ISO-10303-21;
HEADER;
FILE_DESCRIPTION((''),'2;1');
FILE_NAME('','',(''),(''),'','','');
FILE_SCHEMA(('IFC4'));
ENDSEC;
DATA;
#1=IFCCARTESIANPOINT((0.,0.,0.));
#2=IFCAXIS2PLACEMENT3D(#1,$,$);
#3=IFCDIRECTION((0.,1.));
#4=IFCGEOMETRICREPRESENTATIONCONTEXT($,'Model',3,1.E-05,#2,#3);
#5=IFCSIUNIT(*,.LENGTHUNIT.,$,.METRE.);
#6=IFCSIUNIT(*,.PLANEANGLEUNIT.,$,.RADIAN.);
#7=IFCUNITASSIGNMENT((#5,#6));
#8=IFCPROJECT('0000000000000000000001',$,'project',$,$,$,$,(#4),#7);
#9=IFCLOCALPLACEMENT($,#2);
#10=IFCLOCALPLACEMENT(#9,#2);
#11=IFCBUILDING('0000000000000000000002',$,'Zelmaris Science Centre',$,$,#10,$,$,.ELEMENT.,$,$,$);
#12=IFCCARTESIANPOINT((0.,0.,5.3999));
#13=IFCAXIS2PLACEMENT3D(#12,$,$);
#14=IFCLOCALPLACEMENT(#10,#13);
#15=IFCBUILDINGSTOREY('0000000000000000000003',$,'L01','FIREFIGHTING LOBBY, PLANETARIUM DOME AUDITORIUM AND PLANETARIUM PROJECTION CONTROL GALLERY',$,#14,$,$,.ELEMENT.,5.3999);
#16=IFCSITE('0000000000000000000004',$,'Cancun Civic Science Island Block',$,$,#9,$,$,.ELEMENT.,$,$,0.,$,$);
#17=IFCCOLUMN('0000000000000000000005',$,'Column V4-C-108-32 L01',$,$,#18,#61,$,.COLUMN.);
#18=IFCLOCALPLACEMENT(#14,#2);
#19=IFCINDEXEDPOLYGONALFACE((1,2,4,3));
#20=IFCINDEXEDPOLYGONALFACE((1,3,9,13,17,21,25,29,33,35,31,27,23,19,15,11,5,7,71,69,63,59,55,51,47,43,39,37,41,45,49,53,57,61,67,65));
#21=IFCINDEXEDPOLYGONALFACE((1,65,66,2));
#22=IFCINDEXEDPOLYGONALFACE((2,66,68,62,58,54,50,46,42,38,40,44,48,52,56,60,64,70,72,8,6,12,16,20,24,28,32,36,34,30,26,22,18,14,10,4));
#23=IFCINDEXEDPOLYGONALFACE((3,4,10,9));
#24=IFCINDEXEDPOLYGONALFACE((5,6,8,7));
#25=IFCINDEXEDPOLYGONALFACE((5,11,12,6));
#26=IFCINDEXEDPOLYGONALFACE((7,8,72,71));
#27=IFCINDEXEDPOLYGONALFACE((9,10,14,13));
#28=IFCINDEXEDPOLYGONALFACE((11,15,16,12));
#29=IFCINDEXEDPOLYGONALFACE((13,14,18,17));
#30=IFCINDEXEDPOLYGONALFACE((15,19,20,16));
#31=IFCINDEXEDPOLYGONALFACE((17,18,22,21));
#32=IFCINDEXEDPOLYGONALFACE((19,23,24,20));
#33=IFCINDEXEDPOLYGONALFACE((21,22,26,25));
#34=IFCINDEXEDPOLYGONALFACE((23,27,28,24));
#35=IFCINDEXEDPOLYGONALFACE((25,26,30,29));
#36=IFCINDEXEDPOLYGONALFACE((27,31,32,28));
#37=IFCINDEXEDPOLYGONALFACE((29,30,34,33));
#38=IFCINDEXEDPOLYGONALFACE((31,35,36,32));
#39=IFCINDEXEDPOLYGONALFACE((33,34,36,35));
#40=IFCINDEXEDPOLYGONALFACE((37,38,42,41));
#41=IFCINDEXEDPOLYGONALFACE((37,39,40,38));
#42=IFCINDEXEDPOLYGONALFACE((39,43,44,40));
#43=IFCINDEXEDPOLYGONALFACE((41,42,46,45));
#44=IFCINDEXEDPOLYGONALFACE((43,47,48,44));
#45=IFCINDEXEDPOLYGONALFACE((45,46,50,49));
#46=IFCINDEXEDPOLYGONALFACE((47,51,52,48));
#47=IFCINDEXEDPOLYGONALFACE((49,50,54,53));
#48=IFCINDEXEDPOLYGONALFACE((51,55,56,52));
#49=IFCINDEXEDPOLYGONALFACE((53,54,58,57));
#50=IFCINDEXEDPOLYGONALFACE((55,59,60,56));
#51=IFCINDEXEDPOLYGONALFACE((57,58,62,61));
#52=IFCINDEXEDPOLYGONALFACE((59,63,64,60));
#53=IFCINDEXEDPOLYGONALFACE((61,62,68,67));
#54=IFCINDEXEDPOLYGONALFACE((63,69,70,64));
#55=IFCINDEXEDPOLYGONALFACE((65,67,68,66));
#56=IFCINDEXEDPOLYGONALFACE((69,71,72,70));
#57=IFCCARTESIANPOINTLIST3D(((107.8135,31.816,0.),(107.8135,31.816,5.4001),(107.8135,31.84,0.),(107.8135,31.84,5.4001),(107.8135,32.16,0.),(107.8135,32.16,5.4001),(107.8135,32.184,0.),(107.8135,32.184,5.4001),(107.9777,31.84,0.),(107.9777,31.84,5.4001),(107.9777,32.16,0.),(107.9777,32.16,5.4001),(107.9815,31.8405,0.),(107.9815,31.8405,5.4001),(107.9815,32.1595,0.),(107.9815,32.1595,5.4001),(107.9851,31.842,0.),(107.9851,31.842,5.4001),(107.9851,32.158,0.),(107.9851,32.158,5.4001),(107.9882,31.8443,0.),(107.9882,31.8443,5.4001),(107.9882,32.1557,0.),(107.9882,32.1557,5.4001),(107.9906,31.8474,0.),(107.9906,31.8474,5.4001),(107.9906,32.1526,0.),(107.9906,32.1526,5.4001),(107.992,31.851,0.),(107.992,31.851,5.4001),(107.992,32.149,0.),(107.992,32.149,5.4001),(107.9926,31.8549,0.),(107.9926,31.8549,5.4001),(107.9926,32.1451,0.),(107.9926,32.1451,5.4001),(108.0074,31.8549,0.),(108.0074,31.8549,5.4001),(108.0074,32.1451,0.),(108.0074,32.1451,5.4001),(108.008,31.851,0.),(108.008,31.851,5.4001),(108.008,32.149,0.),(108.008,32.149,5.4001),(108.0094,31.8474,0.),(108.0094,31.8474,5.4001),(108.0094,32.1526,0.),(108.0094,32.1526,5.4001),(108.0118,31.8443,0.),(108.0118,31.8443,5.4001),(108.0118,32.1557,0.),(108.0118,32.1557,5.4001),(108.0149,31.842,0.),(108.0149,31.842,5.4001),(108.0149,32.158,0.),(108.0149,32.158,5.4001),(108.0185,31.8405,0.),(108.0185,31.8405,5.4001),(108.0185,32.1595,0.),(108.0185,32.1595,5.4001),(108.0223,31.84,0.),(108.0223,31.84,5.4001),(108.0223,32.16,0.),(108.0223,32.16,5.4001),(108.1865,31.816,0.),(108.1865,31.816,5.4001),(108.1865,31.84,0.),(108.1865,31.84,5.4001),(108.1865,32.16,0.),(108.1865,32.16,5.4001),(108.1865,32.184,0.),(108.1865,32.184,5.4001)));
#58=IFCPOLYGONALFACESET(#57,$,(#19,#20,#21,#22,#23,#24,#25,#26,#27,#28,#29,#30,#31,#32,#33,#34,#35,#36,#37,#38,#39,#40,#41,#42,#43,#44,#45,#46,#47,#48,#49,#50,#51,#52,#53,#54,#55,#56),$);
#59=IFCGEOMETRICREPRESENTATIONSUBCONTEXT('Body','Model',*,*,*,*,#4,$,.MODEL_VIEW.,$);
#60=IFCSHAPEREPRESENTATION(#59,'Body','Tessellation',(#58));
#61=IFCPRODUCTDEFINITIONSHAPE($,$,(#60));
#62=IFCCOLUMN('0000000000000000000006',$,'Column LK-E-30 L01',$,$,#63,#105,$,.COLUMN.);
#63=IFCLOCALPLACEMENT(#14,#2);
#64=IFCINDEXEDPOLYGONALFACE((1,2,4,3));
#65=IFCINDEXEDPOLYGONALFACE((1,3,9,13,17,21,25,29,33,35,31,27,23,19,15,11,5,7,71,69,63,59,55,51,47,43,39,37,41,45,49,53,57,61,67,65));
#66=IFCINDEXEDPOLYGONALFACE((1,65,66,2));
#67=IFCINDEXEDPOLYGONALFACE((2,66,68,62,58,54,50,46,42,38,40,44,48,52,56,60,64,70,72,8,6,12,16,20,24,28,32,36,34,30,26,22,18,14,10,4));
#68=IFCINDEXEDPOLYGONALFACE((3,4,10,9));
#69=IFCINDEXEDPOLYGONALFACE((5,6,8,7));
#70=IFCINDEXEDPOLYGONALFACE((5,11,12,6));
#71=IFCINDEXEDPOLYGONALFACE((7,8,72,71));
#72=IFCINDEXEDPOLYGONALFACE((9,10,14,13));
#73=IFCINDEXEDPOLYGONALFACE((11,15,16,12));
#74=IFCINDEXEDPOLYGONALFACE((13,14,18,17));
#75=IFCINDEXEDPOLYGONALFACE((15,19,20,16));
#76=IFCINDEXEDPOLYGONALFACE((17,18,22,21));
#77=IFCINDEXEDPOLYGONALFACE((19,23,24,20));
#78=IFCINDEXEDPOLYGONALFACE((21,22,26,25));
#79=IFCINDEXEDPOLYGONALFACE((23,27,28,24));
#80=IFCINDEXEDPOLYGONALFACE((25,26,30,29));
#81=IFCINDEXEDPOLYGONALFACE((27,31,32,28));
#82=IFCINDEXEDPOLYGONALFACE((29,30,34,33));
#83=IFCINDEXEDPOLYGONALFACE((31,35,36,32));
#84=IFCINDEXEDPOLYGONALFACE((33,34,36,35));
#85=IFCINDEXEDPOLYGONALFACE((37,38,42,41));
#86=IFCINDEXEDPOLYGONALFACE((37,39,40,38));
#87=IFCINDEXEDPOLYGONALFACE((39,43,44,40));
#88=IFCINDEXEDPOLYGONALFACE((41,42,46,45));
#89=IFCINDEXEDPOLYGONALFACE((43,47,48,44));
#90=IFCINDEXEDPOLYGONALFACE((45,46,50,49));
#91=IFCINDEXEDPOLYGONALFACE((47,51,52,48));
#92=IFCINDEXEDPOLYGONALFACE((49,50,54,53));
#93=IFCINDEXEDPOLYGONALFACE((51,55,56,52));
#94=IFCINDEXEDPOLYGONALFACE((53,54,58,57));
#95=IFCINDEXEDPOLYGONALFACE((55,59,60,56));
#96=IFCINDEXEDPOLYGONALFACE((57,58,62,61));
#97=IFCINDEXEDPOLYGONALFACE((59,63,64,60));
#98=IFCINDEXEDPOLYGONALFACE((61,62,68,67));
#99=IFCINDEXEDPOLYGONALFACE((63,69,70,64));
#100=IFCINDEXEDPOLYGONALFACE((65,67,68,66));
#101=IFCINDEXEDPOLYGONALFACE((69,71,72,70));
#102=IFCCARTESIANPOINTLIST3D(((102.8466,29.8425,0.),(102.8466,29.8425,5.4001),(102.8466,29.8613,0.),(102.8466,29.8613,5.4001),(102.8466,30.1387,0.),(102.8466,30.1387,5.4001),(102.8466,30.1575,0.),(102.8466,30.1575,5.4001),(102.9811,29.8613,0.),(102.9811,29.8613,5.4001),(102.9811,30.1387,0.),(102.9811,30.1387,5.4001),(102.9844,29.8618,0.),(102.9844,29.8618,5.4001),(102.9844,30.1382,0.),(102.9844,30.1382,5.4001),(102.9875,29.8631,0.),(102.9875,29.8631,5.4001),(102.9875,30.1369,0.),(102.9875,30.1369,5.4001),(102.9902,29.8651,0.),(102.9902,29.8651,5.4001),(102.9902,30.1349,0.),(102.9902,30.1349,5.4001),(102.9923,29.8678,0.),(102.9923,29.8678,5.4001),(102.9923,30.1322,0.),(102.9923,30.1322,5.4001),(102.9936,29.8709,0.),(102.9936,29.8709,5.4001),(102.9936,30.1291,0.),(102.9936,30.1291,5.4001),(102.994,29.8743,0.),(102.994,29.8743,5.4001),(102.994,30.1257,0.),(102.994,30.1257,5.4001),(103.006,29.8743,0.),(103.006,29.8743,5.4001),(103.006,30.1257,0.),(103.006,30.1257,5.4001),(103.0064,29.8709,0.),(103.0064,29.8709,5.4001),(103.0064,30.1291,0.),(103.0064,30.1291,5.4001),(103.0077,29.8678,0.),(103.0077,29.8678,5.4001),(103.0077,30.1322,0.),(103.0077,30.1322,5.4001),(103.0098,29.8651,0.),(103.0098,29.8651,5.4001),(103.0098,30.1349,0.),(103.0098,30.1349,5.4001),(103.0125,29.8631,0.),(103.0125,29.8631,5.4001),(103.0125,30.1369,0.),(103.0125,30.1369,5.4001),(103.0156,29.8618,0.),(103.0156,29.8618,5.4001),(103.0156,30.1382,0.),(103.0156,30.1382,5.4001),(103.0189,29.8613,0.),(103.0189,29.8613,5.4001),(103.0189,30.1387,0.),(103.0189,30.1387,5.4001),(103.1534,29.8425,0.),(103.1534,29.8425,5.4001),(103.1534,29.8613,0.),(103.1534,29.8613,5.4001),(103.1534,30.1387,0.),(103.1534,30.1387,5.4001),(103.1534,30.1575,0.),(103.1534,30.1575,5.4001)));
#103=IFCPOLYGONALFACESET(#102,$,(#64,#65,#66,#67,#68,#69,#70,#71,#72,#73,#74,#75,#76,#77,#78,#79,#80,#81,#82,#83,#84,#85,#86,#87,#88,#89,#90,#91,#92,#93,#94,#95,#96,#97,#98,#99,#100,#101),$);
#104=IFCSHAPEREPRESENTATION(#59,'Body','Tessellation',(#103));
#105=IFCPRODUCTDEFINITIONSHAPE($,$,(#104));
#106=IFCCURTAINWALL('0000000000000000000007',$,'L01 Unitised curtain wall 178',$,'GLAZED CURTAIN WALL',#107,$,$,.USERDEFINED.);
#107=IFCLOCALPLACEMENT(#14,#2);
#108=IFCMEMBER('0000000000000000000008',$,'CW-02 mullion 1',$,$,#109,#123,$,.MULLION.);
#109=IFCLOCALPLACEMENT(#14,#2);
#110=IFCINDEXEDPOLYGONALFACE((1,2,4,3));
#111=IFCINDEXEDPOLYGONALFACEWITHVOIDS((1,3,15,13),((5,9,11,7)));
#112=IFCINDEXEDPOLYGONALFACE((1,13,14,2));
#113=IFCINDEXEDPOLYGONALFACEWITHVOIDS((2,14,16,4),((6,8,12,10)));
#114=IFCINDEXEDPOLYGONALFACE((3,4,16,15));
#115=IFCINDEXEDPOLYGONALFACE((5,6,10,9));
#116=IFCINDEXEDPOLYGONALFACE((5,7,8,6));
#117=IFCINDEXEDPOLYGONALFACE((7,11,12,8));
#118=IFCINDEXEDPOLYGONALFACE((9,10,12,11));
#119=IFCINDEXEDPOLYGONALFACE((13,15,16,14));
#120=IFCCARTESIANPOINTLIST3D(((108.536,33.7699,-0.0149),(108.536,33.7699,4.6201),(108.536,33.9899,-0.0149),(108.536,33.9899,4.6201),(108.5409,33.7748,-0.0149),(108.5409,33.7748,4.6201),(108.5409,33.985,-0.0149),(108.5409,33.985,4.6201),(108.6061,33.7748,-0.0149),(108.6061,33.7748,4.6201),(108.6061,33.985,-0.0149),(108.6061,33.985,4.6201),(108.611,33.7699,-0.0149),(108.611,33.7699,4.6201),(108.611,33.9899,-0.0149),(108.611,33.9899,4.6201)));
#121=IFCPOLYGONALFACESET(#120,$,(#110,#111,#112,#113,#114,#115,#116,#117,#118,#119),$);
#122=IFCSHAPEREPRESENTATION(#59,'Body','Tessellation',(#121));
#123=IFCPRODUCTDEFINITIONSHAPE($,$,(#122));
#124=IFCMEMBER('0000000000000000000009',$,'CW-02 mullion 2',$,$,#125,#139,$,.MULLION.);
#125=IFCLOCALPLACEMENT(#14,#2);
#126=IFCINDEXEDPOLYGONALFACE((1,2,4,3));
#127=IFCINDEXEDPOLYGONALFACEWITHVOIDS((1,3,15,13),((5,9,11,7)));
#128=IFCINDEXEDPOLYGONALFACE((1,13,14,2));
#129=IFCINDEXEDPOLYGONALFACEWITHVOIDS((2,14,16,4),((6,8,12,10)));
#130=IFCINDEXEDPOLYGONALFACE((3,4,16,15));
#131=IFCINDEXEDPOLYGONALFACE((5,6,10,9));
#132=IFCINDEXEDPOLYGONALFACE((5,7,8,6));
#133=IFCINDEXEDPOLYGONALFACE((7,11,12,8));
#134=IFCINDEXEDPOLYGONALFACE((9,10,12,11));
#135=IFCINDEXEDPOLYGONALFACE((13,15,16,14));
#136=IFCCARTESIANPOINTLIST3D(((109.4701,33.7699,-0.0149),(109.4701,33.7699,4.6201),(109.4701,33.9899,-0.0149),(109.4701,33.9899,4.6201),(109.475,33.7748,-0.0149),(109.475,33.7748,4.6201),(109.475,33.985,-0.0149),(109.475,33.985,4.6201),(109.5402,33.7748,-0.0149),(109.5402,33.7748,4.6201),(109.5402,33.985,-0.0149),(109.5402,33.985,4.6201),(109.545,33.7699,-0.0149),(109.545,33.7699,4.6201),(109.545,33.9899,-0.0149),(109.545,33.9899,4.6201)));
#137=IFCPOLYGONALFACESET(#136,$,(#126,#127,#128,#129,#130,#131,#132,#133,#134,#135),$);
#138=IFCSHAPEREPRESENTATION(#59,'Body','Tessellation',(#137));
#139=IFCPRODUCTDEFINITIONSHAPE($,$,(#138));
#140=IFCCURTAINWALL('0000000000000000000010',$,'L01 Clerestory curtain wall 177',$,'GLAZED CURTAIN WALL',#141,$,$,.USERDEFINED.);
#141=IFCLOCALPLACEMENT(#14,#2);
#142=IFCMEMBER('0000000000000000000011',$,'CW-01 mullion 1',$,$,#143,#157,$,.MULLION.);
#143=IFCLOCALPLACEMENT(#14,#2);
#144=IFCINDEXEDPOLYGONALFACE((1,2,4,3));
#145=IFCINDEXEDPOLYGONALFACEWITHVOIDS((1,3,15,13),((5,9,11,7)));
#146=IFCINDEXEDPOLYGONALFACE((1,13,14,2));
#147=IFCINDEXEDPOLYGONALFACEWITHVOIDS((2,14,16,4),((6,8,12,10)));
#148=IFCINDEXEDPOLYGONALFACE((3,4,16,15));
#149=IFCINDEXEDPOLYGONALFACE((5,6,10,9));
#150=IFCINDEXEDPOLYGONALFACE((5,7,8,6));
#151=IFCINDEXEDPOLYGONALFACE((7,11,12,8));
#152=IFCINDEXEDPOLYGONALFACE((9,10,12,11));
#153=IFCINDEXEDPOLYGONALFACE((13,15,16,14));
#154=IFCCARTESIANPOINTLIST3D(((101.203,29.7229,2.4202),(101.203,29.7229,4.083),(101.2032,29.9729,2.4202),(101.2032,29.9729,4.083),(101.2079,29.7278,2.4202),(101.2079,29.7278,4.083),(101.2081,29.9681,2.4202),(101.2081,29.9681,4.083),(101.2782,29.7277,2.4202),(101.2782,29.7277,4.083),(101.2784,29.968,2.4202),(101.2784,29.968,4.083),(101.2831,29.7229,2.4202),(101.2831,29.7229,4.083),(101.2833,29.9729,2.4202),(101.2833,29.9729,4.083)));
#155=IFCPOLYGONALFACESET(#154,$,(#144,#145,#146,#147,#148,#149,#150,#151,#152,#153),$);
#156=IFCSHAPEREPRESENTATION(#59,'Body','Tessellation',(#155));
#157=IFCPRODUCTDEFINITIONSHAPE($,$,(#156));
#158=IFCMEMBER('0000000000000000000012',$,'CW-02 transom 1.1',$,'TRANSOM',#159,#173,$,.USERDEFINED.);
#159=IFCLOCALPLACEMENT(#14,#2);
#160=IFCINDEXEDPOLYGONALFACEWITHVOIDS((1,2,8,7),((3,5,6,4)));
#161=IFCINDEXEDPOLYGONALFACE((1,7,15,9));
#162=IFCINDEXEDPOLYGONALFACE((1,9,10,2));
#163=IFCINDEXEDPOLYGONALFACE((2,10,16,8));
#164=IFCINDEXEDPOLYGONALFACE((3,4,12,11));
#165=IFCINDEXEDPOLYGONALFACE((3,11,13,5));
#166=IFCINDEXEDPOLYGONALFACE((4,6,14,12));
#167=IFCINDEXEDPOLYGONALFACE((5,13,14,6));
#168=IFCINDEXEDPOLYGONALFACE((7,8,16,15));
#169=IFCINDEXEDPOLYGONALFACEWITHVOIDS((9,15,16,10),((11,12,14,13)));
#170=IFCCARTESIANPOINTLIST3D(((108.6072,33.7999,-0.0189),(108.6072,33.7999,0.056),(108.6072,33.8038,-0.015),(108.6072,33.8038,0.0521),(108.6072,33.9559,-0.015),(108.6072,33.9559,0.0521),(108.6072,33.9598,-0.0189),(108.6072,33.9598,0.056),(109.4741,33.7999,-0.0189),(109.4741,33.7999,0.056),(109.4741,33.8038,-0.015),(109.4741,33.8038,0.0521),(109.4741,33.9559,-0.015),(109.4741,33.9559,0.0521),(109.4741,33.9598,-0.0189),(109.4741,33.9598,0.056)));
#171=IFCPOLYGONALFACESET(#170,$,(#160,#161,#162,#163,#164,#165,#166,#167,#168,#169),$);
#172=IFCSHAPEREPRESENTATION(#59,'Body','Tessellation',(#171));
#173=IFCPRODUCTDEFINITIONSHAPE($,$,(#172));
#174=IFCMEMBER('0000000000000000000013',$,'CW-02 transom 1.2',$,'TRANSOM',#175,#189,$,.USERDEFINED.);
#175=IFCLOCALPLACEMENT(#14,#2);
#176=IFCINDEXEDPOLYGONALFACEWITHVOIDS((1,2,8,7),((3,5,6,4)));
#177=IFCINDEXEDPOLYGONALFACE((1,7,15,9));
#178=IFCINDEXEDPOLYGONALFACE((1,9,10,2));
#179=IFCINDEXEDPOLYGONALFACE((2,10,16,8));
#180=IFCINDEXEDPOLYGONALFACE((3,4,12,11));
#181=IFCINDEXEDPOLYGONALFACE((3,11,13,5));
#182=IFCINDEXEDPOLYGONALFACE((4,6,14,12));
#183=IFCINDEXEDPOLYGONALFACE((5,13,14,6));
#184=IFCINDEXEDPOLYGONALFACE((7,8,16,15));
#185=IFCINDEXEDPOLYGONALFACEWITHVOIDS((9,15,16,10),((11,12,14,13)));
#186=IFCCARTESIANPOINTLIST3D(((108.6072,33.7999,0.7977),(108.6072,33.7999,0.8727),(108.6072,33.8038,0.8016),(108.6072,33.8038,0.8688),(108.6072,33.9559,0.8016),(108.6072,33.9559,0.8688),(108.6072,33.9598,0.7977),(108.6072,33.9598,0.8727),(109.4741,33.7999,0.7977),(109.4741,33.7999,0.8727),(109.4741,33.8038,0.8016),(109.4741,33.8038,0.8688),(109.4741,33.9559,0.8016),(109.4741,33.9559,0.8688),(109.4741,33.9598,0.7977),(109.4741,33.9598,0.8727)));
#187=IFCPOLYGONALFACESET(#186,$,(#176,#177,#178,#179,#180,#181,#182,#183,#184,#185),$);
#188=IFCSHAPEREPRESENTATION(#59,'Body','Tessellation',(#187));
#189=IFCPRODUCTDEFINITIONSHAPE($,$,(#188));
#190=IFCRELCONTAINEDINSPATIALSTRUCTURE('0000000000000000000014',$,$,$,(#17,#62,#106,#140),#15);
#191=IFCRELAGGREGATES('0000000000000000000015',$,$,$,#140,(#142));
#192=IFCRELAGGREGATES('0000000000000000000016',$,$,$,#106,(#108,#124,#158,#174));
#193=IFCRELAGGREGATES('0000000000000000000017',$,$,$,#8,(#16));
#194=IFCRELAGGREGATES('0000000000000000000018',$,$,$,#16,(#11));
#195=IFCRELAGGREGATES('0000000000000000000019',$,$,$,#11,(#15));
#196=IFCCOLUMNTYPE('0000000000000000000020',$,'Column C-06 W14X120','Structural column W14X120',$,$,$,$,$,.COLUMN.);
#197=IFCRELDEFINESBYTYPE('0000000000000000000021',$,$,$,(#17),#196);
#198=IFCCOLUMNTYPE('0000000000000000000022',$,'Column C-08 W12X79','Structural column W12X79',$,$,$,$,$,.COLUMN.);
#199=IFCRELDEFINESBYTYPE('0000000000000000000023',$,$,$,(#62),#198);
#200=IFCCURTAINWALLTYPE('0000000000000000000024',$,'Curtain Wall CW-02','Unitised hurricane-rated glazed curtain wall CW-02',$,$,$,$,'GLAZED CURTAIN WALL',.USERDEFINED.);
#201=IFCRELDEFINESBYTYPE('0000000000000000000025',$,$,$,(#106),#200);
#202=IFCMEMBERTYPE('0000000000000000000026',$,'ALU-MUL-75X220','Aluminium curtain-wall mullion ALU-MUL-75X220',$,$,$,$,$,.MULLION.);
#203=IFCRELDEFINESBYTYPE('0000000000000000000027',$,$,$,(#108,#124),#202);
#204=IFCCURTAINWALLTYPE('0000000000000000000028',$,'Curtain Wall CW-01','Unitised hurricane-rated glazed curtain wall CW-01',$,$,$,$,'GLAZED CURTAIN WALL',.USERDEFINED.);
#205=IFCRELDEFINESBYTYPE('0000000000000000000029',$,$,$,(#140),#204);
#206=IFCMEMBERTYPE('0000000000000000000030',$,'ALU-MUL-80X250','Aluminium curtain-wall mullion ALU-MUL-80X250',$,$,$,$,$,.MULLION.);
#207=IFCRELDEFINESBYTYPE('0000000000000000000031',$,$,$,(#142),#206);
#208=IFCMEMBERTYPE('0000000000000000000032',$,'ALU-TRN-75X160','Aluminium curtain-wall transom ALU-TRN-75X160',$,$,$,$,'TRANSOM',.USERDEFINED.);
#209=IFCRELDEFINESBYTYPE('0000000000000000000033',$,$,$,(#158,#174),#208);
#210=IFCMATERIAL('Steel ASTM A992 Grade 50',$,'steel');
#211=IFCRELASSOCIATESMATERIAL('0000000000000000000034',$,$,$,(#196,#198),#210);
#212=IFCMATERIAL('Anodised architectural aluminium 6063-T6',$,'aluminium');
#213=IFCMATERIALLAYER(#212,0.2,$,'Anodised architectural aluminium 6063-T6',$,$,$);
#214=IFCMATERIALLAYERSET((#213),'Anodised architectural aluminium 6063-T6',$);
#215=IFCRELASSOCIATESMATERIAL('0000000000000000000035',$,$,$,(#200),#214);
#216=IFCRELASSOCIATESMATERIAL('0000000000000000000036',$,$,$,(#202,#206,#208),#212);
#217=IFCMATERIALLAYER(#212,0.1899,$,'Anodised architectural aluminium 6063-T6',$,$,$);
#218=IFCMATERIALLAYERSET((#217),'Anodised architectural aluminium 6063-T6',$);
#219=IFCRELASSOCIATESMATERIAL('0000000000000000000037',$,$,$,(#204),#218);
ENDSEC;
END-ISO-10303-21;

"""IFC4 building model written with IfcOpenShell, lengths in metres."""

from ifc_helpers import new_model, si_unit, direction, frame, origin, origin_2d, place, context, subcontext, project, spatial, hollow_rectangle, i_section, extrude, material, layer, layer_set, material_profile, profile_set, type_object, element, aggregate, save


model = new_model("IFC4")

# Units and contexts
model_context = context("Model", 3, precision=1e-05, world=origin(), true_north=direction((0.0, 1.0)))
body_context = subcontext(model_context, "Body", "Model", "MODEL_VIEW")
ifc_project = project(units=[si_unit("LENGTHUNIT", "METRE"), si_unit("PLANEANGLEUNIT", "RADIAN")], contexts=[model_context])

# Site, building, storey
site_placement = place(None, origin())
site = spatial("IfcSite", under=ifc_project, at=site_placement, Name="Cancun Civic Science Island Block", CompositionType="ELEMENT", RefElevation=0.0)
building_placement = place(site_placement, origin())
building = spatial("IfcBuilding", under=site, at=building_placement, Name="Zelmaris Science Centre", CompositionType="ELEMENT")
storey_placement = place(building_placement, frame((0.0, 0.0, 5.3999)))
storey = spatial("IfcBuildingStorey", under=building, at=storey_placement, Name="L01", Description="FIREFIGHTING LOBBY, PLANETARIUM DOME AUDITORIUM AND PLANETARIUM PROJECTION CONTROL GALLERY", CompositionType="ELEMENT", Elevation=5.3999)

# Columns
ifc_material_1 = material(Name="Steel ASTM A992 Grade 50", Category="steel")
ifc_material_profile_1 = material_profile(ifc_material_1, i_section(OverallWidth=0.373, OverallDepth=0.3679, WebThickness=0.0149, FlangeThickness=0.0239, FilletRadius=0.0149, at=origin_2d()), Name="W14X120")
ifc_profile_set_1 = profile_set([ifc_material_profile_1], Name="Steel ASTM A992 Grade 50")
column_type_1 = type_object("IfcColumnType", Name="Column C-06 W14X120", Description="Structural column W14X120", PredefinedType="COLUMN", material=ifc_profile_set_1)
column_1_placement = place(storey_placement, frame((108.0, 32.0, 0.0), z_axis=(0.0, 0.0, 1.0), x_axis=(1.0, 0.0, 0.0)))
element("IfcColumn", 1, at=column_1_placement, inside=storey, type_object=column_type_1, Name="Column V4-C-108-32 L01", PredefinedType="COLUMN", context=body_context, shape_type="SweptSolid", body=[
    extrude(i_section(OverallWidth=0.373, OverallDepth=0.3679, WebThickness=0.0149, FlangeThickness=0.0239, FilletRadius=0.0149, at=origin_2d()), origin(), (0.0, 0.0, 1.0), 5.4001),
])
ifc_material_profile_2 = material_profile(ifc_material_1, i_section(OverallWidth=0.3069, OverallDepth=0.3149, WebThickness=0.012, FlangeThickness=0.0188, FilletRadius=0.0129, at=origin_2d()), Name="W12X79")
ifc_profile_set_2 = profile_set([ifc_material_profile_2], Name="Steel ASTM A992 Grade 50")
column_type_2 = type_object("IfcColumnType", Name="Column C-08 W12X79", Description="Structural column W12X79", PredefinedType="COLUMN", material=ifc_profile_set_2)
column_2_placement = place(storey_placement, frame((103.0, 30.0, 0.0), z_axis=(0.0, 0.0, 1.0), x_axis=(1.0, 0.0, 0.0)))
element("IfcColumn", 2, at=column_2_placement, inside=storey, type_object=column_type_2, Name="Column LK-E-30 L01", PredefinedType="COLUMN", context=body_context, shape_type="SweptSolid", body=[
    extrude(i_section(OverallWidth=0.3069, OverallDepth=0.3149, WebThickness=0.012, FlangeThickness=0.0188, FilletRadius=0.0129, at=origin_2d()), origin(), (0.0, 0.0, 1.0), 5.4001),
])

# Curtain wall, members
ifc_material_2 = material(Name="Anodised architectural aluminium 6063-T6", Category="aluminium")
ifc_layer_1 = layer(ifc_material_2, 0.2, Name="Anodised architectural aluminium 6063-T6")
ifc_layer_set_1 = layer_set([ifc_layer_1], Name="Anodised architectural aluminium 6063-T6")
curtain_wall_type_1 = type_object("IfcCurtainWallType", Name="Curtain Wall CW-02", Description="Unitised hurricane-rated glazed curtain wall CW-02", ElementType="GLAZED CURTAIN WALL", PredefinedType="USERDEFINED", material=ifc_layer_set_1)
curtain_wall_1_placement = place(storey_placement, origin())
curtain_wall_1 = element("IfcCurtainWall", 3, at=curtain_wall_1_placement, inside=storey, type_object=curtain_wall_type_1, Name="L01 Unitised curtain wall 178", ObjectType="GLAZED CURTAIN WALL", PredefinedType="USERDEFINED")
ifc_material_profile_3 = material_profile(ifc_material_2, hollow_rectangle(XDim=0.075, YDim=0.22, WallThickness=0.0049, at=origin_2d()), Name="ALU-MUL-75X220")
ifc_profile_set_3 = profile_set([ifc_material_profile_3], Name="Anodised architectural aluminium 6063-T6")
member_type_1 = type_object("IfcMemberType", Name="ALU-MUL-75X220", Description="Aluminium curtain-wall mullion ALU-MUL-75X220", PredefinedType="MULLION", material=ifc_profile_set_3)
member_1_placement = place(storey_placement, frame((108.5735, 33.8799, -0.0149), z_axis=(0.0, 0.0, 1.0), x_axis=(1.0, 0.000007, 0.0)))
member_1 = element("IfcMember", 4, at=member_1_placement, type_object=member_type_1, Name="CW-02 mullion 1", PredefinedType="MULLION", context=body_context, shape_type="SweptSolid", body=[
    extrude(hollow_rectangle(XDim=0.075, YDim=0.22, WallThickness=0.0049, at=origin_2d()), origin(), (0.0, 0.0, 1.0), 4.635),
])
member_2_placement = place(storey_placement, frame((109.5076, 33.8799, -0.0149), z_axis=(0.0, 0.0, 1.0), x_axis=(1.0, 0.000007, 0.0)))
member_2 = element("IfcMember", 5, at=member_2_placement, type_object=member_type_1, Name="CW-02 mullion 2", PredefinedType="MULLION", context=body_context, shape_type="SweptSolid", body=[
    extrude(hollow_rectangle(XDim=0.075, YDim=0.22, WallThickness=0.0049, at=origin_2d()), origin(), (0.0, 0.0, 1.0), 4.635),
])

# Curtain wall, member
ifc_layer_2 = layer(ifc_material_2, 0.1899, Name="Anodised architectural aluminium 6063-T6")
ifc_layer_set_2 = layer_set([ifc_layer_2], Name="Anodised architectural aluminium 6063-T6")
curtain_wall_type_2 = type_object("IfcCurtainWallType", Name="Curtain Wall CW-01", Description="Unitised hurricane-rated glazed curtain wall CW-01", ElementType="GLAZED CURTAIN WALL", PredefinedType="USERDEFINED", material=ifc_layer_set_2)
curtain_wall_2_placement = place(storey_placement, origin())
curtain_wall_2 = element("IfcCurtainWall", 6, at=curtain_wall_2_placement, inside=storey, type_object=curtain_wall_type_2, Name="L01 Clerestory curtain wall 177", ObjectType="GLAZED CURTAIN WALL", PredefinedType="USERDEFINED")
ifc_material_profile_4 = material_profile(ifc_material_2, hollow_rectangle(XDim=0.0801, YDim=0.25, WallThickness=0.0049, at=origin_2d()), Name="ALU-MUL-80X250")
ifc_profile_set_4 = profile_set([ifc_material_profile_4], Name="Anodised architectural aluminium 6063-T6")
member_type_2 = type_object("IfcMemberType", Name="ALU-MUL-80X250", Description="Aluminium curtain-wall mullion ALU-MUL-80X250", PredefinedType="MULLION", material=ifc_profile_set_4)
member_3_placement = place(storey_placement, frame((101.2432, 29.8479, 2.4202), z_axis=(0.0, 0.0, 1.0), x_axis=(1.0, -0.000986, 0.0)))
member_3 = element("IfcMember", 7, at=member_3_placement, type_object=member_type_2, Name="CW-01 mullion 1", PredefinedType="MULLION", context=body_context, shape_type="SweptSolid", body=[
    extrude(hollow_rectangle(XDim=0.0801, YDim=0.25, WallThickness=0.0049, at=origin_2d()), origin(), (0.0, 0.0, 1.0), 1.6628),
])

# Members
ifc_material_profile_5 = material_profile(ifc_material_2, hollow_rectangle(XDim=0.075, YDim=0.1599, WallThickness=0.0039, at=origin_2d()), Name="ALU-TRN-75X160")
ifc_profile_set_5 = profile_set([ifc_material_profile_5], Name="Anodised architectural aluminium 6063-T6")
member_type_3 = type_object("IfcMemberType", Name="ALU-TRN-75X160", Description="Aluminium curtain-wall transom ALU-TRN-75X160", ElementType="TRANSOM", PredefinedType="USERDEFINED", material=ifc_profile_set_5)
member_4_placement = place(storey_placement, frame((108.6072, 33.8799, 0.0186), z_axis=(1.0, 0.0, 0.0), x_axis=(0.0, 0.0, 1.0)))
member_4 = element("IfcMember", 8, at=member_4_placement, type_object=member_type_3, Name="CW-02 transom 1.1", ObjectType="TRANSOM", PredefinedType="USERDEFINED", context=body_context, shape_type="SweptSolid", body=[
    extrude(hollow_rectangle(XDim=0.075, YDim=0.1599, WallThickness=0.0039, at=origin_2d()), origin(), (0.0, 0.0, 1.0), 0.8669),
])
member_5_placement = place(storey_placement, frame((108.6072, 33.8799, 0.8352), z_axis=(1.0, 0.0, 0.0), x_axis=(0.0, 0.0, 1.0)))
member_5 = element("IfcMember", 9, at=member_5_placement, type_object=member_type_3, Name="CW-02 transom 1.2", ObjectType="TRANSOM", PredefinedType="USERDEFINED", context=body_context, shape_type="SweptSolid", body=[
    extrude(hollow_rectangle(XDim=0.075, YDim=0.1599, WallThickness=0.0039, at=origin_2d()), origin(), (0.0, 0.0, 1.0), 0.8669),
])
aggregate(curtain_wall_2, [member_3])

aggregate(curtain_wall_1, [member_1, member_2, member_4, member_5])

save(model, "model.ifc")
